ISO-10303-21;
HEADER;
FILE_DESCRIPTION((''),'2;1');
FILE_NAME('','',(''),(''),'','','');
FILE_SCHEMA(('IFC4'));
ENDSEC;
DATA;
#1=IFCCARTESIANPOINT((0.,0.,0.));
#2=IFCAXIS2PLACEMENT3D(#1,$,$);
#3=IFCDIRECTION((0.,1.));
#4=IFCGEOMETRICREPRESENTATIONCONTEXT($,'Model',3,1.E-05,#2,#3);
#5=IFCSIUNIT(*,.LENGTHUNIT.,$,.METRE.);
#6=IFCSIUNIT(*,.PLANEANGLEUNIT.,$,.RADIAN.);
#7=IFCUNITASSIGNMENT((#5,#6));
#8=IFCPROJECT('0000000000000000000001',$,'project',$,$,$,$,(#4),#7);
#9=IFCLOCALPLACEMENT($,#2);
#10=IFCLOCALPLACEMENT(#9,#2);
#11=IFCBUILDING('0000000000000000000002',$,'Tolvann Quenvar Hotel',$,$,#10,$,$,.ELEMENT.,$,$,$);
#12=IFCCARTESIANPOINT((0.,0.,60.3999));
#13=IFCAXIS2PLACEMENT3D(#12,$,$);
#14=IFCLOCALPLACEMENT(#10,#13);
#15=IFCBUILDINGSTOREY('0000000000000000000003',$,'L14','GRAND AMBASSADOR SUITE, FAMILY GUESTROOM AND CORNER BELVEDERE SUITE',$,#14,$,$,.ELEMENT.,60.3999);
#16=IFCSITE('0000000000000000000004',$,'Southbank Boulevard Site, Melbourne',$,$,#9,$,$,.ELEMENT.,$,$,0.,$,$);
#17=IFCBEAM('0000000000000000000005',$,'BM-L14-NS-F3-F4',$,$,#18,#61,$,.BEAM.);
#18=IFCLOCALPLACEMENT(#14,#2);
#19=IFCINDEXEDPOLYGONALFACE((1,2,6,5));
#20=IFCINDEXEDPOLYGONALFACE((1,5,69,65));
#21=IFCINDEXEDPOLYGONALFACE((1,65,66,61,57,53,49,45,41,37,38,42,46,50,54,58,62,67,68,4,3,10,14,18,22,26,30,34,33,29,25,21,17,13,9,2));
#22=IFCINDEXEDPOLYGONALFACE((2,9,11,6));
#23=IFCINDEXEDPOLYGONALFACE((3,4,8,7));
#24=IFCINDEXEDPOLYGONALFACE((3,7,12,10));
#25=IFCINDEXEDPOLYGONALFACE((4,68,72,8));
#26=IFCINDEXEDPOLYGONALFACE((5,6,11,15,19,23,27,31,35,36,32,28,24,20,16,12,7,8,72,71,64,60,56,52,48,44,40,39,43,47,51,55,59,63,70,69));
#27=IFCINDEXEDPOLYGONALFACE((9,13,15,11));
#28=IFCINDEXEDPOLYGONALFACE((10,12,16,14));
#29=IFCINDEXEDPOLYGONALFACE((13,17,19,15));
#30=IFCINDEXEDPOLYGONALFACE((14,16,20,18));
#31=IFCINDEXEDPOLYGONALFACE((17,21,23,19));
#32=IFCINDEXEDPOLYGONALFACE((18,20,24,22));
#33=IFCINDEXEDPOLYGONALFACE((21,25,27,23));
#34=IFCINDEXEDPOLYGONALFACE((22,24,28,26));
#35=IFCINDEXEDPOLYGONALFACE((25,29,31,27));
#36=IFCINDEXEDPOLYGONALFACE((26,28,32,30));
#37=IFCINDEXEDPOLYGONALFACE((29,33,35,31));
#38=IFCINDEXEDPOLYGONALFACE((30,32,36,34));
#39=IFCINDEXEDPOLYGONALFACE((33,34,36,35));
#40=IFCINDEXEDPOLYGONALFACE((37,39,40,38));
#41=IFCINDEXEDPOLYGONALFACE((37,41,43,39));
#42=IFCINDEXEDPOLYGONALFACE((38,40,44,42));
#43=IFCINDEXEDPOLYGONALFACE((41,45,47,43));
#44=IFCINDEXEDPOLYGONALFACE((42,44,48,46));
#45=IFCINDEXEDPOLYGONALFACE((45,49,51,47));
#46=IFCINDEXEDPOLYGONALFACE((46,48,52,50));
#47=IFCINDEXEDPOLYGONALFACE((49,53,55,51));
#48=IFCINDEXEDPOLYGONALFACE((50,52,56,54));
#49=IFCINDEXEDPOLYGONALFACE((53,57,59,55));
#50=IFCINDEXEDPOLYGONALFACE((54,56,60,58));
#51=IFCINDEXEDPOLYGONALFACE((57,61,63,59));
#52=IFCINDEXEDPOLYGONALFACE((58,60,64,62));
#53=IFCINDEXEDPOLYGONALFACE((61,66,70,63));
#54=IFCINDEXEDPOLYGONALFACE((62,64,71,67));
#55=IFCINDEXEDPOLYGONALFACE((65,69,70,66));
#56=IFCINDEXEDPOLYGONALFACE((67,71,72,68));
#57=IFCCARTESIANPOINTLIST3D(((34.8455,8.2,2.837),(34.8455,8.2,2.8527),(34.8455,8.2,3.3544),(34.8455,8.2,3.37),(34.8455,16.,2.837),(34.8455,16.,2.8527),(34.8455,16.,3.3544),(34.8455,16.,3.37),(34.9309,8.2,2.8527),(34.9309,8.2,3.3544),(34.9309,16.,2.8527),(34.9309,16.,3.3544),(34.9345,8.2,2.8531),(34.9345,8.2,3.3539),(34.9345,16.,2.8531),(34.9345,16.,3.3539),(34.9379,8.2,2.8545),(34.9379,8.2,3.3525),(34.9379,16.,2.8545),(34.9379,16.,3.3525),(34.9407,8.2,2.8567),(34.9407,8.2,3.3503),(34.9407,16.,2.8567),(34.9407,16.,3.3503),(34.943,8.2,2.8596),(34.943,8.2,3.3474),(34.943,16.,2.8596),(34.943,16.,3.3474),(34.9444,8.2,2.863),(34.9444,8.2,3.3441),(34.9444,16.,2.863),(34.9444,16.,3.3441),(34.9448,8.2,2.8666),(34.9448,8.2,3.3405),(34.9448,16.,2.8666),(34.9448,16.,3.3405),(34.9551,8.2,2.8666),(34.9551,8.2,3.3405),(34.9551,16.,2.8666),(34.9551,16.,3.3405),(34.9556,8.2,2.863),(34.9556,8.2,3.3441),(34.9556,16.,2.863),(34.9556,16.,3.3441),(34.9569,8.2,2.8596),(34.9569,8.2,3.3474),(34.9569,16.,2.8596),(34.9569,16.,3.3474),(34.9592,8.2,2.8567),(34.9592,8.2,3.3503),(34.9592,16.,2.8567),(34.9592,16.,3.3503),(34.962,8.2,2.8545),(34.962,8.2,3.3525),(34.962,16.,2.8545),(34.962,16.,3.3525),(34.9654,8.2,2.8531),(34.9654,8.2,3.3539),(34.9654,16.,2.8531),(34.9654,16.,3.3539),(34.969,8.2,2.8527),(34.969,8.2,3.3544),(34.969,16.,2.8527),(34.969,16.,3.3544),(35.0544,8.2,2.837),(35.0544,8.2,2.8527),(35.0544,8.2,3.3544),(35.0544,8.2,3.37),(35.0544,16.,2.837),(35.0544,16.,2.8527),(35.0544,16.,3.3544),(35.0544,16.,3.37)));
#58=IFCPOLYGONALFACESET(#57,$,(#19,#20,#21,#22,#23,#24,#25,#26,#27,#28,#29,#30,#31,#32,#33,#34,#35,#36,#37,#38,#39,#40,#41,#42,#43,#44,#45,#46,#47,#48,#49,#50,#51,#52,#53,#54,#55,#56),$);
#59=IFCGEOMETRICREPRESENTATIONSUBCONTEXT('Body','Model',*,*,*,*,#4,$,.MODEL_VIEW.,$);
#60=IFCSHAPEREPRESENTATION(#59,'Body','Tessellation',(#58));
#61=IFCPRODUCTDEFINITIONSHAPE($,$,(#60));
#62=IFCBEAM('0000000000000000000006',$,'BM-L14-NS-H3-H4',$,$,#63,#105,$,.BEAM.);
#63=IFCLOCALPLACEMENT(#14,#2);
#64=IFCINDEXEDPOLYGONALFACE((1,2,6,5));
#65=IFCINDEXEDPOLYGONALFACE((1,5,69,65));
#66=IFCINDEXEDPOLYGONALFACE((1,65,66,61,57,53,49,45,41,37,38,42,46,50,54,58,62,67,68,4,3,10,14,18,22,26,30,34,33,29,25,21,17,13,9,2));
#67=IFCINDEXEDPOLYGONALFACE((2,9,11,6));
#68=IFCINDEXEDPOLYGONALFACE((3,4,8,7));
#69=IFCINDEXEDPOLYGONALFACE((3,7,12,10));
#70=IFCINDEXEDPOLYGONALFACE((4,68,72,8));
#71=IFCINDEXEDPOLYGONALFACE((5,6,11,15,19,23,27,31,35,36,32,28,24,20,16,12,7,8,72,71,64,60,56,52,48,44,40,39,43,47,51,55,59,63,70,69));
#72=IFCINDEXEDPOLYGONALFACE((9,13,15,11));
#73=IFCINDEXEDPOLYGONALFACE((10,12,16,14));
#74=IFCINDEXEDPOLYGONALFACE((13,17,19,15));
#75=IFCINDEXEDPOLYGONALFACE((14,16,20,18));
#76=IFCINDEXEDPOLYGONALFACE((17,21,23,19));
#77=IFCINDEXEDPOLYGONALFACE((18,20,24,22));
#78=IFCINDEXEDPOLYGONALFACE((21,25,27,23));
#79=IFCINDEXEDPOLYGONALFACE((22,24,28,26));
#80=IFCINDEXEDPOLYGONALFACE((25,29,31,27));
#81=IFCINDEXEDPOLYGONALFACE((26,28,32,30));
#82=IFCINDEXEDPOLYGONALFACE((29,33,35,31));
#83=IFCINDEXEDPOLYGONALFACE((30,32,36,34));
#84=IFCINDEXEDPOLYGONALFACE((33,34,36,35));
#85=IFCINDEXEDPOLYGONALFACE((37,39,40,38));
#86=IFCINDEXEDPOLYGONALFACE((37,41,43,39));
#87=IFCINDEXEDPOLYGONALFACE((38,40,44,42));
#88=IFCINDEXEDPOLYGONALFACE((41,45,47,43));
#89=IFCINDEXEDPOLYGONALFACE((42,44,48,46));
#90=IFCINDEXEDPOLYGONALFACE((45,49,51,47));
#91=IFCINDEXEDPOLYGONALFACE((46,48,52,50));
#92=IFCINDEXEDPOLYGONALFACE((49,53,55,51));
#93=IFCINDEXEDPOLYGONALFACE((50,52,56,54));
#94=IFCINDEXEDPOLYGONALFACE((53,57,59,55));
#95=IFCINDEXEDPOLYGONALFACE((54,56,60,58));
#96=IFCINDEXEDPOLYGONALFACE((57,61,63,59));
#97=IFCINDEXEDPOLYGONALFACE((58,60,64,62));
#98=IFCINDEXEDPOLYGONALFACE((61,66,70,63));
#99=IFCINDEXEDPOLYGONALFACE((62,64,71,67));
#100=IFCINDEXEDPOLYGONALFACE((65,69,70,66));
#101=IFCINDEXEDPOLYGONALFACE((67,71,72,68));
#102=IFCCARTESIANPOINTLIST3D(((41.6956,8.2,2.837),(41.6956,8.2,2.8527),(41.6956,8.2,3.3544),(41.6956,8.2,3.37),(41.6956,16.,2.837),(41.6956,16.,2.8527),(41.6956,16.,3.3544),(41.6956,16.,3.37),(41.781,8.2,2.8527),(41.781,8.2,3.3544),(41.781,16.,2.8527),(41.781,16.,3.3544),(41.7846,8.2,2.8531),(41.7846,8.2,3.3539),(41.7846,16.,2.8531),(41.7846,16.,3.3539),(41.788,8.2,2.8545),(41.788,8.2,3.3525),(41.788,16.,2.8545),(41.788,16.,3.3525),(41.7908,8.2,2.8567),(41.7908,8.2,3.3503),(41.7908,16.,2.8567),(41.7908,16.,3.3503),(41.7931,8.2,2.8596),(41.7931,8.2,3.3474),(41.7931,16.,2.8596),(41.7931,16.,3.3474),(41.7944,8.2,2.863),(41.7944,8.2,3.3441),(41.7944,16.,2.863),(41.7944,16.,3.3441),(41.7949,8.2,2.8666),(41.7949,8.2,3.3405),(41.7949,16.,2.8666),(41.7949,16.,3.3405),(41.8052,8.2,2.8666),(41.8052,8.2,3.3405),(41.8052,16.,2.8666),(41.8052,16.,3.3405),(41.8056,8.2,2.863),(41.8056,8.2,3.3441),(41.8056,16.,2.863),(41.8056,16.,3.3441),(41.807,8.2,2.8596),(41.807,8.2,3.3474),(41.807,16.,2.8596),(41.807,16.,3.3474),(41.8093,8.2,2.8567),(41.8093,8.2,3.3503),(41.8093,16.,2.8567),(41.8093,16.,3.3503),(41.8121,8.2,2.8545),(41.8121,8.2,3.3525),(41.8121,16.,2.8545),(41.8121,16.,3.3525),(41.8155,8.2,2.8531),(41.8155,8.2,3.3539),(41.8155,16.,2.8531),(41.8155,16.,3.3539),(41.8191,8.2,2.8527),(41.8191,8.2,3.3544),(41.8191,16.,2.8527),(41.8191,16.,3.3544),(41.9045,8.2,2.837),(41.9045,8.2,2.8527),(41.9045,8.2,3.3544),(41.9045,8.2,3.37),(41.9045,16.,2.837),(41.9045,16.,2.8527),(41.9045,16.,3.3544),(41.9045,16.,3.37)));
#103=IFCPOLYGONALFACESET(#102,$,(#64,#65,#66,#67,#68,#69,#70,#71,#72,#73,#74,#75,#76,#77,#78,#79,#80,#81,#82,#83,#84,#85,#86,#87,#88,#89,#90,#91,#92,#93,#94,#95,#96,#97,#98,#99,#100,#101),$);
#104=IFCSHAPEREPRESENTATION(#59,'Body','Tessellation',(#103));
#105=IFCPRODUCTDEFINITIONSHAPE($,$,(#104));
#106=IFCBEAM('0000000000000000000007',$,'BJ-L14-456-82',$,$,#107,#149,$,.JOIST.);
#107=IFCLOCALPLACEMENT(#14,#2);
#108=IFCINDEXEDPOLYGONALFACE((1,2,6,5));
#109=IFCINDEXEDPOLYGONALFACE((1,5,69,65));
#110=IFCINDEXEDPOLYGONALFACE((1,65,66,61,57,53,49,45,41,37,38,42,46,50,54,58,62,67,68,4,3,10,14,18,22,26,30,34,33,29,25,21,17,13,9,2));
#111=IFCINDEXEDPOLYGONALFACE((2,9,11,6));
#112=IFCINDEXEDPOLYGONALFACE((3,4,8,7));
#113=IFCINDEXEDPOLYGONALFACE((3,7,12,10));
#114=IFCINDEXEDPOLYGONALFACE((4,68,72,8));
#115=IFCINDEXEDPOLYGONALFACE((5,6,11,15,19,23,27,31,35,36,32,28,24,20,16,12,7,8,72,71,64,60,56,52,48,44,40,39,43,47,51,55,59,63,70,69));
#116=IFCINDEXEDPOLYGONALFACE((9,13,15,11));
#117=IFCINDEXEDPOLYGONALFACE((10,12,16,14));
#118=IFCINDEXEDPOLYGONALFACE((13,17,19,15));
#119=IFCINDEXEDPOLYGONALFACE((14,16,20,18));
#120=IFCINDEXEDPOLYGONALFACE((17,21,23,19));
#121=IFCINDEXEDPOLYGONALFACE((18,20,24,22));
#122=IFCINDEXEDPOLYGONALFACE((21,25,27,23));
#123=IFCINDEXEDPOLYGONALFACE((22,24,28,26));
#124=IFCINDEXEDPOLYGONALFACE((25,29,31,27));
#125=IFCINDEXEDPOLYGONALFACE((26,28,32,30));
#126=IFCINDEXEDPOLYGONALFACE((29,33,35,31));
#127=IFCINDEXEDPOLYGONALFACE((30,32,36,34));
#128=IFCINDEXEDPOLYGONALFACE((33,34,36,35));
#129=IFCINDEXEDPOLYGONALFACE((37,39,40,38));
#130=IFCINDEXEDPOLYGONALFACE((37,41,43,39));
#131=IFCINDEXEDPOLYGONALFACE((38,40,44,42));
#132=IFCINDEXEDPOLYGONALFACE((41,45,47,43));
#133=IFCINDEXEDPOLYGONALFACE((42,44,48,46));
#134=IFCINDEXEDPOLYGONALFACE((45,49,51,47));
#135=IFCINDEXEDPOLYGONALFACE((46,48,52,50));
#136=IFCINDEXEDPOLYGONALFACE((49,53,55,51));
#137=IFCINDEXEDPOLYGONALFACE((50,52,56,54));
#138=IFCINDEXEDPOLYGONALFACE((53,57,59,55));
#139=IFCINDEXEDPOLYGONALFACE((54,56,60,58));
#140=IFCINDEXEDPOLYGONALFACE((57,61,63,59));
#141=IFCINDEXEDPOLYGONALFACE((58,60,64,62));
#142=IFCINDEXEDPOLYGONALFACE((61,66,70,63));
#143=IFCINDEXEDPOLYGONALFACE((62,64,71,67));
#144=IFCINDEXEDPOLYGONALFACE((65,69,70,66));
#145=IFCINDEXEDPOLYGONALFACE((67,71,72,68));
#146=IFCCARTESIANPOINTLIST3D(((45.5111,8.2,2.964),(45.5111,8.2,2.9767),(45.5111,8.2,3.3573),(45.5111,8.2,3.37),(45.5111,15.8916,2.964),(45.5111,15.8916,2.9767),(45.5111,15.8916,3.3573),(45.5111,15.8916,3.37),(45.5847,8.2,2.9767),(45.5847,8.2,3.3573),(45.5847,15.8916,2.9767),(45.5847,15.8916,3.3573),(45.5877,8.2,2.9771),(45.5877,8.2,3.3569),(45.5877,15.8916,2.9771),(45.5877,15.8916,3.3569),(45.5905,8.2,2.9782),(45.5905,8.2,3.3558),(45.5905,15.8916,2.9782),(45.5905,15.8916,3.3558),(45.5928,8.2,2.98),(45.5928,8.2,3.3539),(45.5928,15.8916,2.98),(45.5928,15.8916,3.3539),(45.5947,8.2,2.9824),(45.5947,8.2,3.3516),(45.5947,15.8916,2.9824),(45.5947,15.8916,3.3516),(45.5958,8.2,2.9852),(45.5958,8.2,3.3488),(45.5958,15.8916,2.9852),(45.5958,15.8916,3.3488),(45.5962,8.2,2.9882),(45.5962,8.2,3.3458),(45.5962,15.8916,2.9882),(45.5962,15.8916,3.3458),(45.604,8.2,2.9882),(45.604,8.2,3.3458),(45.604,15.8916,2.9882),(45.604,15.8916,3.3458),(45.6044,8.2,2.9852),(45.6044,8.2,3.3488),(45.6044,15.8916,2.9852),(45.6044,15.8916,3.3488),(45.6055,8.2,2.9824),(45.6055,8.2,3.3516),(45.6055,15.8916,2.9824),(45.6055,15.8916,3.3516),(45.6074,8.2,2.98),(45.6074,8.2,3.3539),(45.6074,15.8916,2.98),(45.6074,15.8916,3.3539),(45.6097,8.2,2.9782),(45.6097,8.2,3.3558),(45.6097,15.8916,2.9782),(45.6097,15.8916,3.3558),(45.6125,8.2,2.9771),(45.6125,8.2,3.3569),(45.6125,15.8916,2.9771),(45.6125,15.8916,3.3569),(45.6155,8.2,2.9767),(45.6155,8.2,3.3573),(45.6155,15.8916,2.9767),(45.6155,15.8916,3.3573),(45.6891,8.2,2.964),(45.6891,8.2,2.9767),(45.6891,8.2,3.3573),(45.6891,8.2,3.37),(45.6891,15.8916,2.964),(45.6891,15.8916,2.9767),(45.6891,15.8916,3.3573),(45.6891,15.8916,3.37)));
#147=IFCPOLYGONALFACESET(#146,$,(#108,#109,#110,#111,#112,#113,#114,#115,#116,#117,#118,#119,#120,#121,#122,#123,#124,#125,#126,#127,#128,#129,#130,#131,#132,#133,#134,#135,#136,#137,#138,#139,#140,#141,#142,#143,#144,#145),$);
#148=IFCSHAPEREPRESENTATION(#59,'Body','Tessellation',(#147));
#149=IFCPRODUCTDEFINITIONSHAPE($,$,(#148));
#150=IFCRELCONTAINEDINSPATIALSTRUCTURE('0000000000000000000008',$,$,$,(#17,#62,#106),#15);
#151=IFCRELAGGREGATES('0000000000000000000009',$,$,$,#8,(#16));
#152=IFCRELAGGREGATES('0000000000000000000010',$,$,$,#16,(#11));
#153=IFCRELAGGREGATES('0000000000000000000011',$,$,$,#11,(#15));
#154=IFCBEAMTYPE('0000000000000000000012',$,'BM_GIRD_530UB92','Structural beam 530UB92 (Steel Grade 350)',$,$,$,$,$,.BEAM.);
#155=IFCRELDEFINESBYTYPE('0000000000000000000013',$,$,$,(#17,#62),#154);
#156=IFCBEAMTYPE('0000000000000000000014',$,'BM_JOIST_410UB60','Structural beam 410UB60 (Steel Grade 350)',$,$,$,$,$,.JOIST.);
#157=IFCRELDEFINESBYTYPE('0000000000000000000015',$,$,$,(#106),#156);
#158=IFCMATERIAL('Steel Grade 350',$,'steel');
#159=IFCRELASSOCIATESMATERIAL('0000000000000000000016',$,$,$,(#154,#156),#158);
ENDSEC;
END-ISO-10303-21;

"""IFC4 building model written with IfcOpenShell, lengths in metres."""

from ifc_helpers import new_model, si_unit, direction, frame, origin, origin_2d, place, context, subcontext, project, spatial, i_section, extrude, source, transform, mapped, material, material_profile, profile_set, type_object, type_shapes, element, save


model = new_model("IFC4")

# Units and contexts
model_context = context("Model", 3, precision=1e-05, world=origin(), true_north=direction((0.0, 1.0)))
body_context = subcontext(model_context, "Body", "Model", "MODEL_VIEW")
ifc_project = project(units=[si_unit("LENGTHUNIT", "METRE"), si_unit("PLANEANGLEUNIT", "RADIAN")], contexts=[model_context])

# Site, building, storey
site_placement = place(None, origin())
site = spatial("IfcSite", under=ifc_project, at=site_placement, Name="Southbank Boulevard Site, Melbourne", CompositionType="ELEMENT", RefElevation=0.0)
building_placement = place(site_placement, origin())
building = spatial("IfcBuilding", under=site, at=building_placement, Name="Tolvann Quenvar Hotel", CompositionType="ELEMENT")
storey_placement = place(building_placement, frame((0.0, 0.0, 60.3999)))
storey = spatial("IfcBuildingStorey", under=building, at=storey_placement, Name="L14", Description="GRAND AMBASSADOR SUITE, FAMILY GUESTROOM AND CORNER BELVEDERE SUITE", CompositionType="ELEMENT", Elevation=60.3999)

# Shared definitions
ifc_material_1 = material(Name="Steel Grade 350", Category="steel")

# Beams
ifc_material_profile_1 = material_profile(ifc_material_1, i_section(OverallWidth=0.209, OverallDepth=0.533, WebThickness=0.0103, FlangeThickness=0.0156, FilletRadius=0.0139, at=origin_2d()), Name="530UB92")
ifc_profile_set_1 = profile_set([ifc_material_profile_1], Name="Steel Grade 350")
beam_type_1 = type_object("IfcBeamType", Name="BM_GIRD_530UB92", Description="Structural beam 530UB92 (Steel Grade 350)", PredefinedType="BEAM", material=ifc_profile_set_1)
shared_shape_1 = source(origin(), body_context, "Body", "SweptSolid", [
    extrude(i_section(OverallWidth=0.209, OverallDepth=0.533, WebThickness=0.0103, FlangeThickness=0.0156, FilletRadius=0.0139, at=origin_2d()), origin(), (0.0, 0.0, 1.0), 7.8),
])
for number, where, z_axis, x_axis, name in (
    (1, (34.95, 8.2, 3.1035), (0.0, 1.0, 0.0), (-1.0, 0.0, 0.0), "BM-L14-NS-F3-F4"),
    (2, (41.8, 8.2, 3.1035), (0.0, 1.0, 0.0), (-1.0, 0.0, 0.0), "BM-L14-NS-H3-H4"),
):
    element("IfcBeam", number, at=place(storey_placement, frame(where, z_axis=z_axis, x_axis=x_axis)), inside=storey, type_object=beam_type_1, Name=name, PredefinedType="BEAM", context=body_context, shape_type="MappedRepresentation", body=[
        mapped(shared_shape_1, transform((0.0, 0.0, 0.0), x_axis=(1.0, 0.0, 0.0), y_axis=(0.0, 1.0, 0.0), z_axis=(0.0, 0.0, 1.0), scale=1.0)),
    ])
ifc_material_profile_2 = material_profile(ifc_material_1, i_section(OverallWidth=0.178, OverallDepth=0.406, WebThickness=0.0078, FlangeThickness=0.0127, FilletRadius=0.0115, at=origin_2d()), Name="410UB60")
ifc_profile_set_2 = profile_set([ifc_material_profile_2], Name="Steel Grade 350")
beam_type_2 = type_object("IfcBeamType", Name="BM_JOIST_410UB60", Description="Structural beam 410UB60 (Steel Grade 350)", PredefinedType="JOIST", material=ifc_profile_set_2)
shared_shape_2 = source(origin(), body_context, "Body", "SweptSolid", [
    extrude(i_section(OverallWidth=0.178, OverallDepth=0.406, WebThickness=0.0078, FlangeThickness=0.0127, FilletRadius=0.0115, at=origin_2d()), origin(), (0.0, 0.0, 1.0), 7.6917),
])
type_shapes(beam_type_2, [shared_shape_2])
beam_1_placement = place(storey_placement, frame((45.6001, 8.2, 3.167), z_axis=(0.0, 1.0, 0.0), x_axis=(-1.0, 0.0, 0.0)))
element("IfcBeam", 3, at=beam_1_placement, inside=storey, type_object=beam_type_2, Name="BJ-L14-456-82", PredefinedType="JOIST", context=body_context, shape_type="MappedRepresentation", body=[
    mapped(shared_shape_2, transform((0.0, 0.0, 0.0), x_axis=(1.0, 0.0, 0.0), y_axis=(0.0, 1.0, 0.0), z_axis=(0.0, 0.0, 1.0), scale=1.0)),
])

save(model, "model.ifc")
